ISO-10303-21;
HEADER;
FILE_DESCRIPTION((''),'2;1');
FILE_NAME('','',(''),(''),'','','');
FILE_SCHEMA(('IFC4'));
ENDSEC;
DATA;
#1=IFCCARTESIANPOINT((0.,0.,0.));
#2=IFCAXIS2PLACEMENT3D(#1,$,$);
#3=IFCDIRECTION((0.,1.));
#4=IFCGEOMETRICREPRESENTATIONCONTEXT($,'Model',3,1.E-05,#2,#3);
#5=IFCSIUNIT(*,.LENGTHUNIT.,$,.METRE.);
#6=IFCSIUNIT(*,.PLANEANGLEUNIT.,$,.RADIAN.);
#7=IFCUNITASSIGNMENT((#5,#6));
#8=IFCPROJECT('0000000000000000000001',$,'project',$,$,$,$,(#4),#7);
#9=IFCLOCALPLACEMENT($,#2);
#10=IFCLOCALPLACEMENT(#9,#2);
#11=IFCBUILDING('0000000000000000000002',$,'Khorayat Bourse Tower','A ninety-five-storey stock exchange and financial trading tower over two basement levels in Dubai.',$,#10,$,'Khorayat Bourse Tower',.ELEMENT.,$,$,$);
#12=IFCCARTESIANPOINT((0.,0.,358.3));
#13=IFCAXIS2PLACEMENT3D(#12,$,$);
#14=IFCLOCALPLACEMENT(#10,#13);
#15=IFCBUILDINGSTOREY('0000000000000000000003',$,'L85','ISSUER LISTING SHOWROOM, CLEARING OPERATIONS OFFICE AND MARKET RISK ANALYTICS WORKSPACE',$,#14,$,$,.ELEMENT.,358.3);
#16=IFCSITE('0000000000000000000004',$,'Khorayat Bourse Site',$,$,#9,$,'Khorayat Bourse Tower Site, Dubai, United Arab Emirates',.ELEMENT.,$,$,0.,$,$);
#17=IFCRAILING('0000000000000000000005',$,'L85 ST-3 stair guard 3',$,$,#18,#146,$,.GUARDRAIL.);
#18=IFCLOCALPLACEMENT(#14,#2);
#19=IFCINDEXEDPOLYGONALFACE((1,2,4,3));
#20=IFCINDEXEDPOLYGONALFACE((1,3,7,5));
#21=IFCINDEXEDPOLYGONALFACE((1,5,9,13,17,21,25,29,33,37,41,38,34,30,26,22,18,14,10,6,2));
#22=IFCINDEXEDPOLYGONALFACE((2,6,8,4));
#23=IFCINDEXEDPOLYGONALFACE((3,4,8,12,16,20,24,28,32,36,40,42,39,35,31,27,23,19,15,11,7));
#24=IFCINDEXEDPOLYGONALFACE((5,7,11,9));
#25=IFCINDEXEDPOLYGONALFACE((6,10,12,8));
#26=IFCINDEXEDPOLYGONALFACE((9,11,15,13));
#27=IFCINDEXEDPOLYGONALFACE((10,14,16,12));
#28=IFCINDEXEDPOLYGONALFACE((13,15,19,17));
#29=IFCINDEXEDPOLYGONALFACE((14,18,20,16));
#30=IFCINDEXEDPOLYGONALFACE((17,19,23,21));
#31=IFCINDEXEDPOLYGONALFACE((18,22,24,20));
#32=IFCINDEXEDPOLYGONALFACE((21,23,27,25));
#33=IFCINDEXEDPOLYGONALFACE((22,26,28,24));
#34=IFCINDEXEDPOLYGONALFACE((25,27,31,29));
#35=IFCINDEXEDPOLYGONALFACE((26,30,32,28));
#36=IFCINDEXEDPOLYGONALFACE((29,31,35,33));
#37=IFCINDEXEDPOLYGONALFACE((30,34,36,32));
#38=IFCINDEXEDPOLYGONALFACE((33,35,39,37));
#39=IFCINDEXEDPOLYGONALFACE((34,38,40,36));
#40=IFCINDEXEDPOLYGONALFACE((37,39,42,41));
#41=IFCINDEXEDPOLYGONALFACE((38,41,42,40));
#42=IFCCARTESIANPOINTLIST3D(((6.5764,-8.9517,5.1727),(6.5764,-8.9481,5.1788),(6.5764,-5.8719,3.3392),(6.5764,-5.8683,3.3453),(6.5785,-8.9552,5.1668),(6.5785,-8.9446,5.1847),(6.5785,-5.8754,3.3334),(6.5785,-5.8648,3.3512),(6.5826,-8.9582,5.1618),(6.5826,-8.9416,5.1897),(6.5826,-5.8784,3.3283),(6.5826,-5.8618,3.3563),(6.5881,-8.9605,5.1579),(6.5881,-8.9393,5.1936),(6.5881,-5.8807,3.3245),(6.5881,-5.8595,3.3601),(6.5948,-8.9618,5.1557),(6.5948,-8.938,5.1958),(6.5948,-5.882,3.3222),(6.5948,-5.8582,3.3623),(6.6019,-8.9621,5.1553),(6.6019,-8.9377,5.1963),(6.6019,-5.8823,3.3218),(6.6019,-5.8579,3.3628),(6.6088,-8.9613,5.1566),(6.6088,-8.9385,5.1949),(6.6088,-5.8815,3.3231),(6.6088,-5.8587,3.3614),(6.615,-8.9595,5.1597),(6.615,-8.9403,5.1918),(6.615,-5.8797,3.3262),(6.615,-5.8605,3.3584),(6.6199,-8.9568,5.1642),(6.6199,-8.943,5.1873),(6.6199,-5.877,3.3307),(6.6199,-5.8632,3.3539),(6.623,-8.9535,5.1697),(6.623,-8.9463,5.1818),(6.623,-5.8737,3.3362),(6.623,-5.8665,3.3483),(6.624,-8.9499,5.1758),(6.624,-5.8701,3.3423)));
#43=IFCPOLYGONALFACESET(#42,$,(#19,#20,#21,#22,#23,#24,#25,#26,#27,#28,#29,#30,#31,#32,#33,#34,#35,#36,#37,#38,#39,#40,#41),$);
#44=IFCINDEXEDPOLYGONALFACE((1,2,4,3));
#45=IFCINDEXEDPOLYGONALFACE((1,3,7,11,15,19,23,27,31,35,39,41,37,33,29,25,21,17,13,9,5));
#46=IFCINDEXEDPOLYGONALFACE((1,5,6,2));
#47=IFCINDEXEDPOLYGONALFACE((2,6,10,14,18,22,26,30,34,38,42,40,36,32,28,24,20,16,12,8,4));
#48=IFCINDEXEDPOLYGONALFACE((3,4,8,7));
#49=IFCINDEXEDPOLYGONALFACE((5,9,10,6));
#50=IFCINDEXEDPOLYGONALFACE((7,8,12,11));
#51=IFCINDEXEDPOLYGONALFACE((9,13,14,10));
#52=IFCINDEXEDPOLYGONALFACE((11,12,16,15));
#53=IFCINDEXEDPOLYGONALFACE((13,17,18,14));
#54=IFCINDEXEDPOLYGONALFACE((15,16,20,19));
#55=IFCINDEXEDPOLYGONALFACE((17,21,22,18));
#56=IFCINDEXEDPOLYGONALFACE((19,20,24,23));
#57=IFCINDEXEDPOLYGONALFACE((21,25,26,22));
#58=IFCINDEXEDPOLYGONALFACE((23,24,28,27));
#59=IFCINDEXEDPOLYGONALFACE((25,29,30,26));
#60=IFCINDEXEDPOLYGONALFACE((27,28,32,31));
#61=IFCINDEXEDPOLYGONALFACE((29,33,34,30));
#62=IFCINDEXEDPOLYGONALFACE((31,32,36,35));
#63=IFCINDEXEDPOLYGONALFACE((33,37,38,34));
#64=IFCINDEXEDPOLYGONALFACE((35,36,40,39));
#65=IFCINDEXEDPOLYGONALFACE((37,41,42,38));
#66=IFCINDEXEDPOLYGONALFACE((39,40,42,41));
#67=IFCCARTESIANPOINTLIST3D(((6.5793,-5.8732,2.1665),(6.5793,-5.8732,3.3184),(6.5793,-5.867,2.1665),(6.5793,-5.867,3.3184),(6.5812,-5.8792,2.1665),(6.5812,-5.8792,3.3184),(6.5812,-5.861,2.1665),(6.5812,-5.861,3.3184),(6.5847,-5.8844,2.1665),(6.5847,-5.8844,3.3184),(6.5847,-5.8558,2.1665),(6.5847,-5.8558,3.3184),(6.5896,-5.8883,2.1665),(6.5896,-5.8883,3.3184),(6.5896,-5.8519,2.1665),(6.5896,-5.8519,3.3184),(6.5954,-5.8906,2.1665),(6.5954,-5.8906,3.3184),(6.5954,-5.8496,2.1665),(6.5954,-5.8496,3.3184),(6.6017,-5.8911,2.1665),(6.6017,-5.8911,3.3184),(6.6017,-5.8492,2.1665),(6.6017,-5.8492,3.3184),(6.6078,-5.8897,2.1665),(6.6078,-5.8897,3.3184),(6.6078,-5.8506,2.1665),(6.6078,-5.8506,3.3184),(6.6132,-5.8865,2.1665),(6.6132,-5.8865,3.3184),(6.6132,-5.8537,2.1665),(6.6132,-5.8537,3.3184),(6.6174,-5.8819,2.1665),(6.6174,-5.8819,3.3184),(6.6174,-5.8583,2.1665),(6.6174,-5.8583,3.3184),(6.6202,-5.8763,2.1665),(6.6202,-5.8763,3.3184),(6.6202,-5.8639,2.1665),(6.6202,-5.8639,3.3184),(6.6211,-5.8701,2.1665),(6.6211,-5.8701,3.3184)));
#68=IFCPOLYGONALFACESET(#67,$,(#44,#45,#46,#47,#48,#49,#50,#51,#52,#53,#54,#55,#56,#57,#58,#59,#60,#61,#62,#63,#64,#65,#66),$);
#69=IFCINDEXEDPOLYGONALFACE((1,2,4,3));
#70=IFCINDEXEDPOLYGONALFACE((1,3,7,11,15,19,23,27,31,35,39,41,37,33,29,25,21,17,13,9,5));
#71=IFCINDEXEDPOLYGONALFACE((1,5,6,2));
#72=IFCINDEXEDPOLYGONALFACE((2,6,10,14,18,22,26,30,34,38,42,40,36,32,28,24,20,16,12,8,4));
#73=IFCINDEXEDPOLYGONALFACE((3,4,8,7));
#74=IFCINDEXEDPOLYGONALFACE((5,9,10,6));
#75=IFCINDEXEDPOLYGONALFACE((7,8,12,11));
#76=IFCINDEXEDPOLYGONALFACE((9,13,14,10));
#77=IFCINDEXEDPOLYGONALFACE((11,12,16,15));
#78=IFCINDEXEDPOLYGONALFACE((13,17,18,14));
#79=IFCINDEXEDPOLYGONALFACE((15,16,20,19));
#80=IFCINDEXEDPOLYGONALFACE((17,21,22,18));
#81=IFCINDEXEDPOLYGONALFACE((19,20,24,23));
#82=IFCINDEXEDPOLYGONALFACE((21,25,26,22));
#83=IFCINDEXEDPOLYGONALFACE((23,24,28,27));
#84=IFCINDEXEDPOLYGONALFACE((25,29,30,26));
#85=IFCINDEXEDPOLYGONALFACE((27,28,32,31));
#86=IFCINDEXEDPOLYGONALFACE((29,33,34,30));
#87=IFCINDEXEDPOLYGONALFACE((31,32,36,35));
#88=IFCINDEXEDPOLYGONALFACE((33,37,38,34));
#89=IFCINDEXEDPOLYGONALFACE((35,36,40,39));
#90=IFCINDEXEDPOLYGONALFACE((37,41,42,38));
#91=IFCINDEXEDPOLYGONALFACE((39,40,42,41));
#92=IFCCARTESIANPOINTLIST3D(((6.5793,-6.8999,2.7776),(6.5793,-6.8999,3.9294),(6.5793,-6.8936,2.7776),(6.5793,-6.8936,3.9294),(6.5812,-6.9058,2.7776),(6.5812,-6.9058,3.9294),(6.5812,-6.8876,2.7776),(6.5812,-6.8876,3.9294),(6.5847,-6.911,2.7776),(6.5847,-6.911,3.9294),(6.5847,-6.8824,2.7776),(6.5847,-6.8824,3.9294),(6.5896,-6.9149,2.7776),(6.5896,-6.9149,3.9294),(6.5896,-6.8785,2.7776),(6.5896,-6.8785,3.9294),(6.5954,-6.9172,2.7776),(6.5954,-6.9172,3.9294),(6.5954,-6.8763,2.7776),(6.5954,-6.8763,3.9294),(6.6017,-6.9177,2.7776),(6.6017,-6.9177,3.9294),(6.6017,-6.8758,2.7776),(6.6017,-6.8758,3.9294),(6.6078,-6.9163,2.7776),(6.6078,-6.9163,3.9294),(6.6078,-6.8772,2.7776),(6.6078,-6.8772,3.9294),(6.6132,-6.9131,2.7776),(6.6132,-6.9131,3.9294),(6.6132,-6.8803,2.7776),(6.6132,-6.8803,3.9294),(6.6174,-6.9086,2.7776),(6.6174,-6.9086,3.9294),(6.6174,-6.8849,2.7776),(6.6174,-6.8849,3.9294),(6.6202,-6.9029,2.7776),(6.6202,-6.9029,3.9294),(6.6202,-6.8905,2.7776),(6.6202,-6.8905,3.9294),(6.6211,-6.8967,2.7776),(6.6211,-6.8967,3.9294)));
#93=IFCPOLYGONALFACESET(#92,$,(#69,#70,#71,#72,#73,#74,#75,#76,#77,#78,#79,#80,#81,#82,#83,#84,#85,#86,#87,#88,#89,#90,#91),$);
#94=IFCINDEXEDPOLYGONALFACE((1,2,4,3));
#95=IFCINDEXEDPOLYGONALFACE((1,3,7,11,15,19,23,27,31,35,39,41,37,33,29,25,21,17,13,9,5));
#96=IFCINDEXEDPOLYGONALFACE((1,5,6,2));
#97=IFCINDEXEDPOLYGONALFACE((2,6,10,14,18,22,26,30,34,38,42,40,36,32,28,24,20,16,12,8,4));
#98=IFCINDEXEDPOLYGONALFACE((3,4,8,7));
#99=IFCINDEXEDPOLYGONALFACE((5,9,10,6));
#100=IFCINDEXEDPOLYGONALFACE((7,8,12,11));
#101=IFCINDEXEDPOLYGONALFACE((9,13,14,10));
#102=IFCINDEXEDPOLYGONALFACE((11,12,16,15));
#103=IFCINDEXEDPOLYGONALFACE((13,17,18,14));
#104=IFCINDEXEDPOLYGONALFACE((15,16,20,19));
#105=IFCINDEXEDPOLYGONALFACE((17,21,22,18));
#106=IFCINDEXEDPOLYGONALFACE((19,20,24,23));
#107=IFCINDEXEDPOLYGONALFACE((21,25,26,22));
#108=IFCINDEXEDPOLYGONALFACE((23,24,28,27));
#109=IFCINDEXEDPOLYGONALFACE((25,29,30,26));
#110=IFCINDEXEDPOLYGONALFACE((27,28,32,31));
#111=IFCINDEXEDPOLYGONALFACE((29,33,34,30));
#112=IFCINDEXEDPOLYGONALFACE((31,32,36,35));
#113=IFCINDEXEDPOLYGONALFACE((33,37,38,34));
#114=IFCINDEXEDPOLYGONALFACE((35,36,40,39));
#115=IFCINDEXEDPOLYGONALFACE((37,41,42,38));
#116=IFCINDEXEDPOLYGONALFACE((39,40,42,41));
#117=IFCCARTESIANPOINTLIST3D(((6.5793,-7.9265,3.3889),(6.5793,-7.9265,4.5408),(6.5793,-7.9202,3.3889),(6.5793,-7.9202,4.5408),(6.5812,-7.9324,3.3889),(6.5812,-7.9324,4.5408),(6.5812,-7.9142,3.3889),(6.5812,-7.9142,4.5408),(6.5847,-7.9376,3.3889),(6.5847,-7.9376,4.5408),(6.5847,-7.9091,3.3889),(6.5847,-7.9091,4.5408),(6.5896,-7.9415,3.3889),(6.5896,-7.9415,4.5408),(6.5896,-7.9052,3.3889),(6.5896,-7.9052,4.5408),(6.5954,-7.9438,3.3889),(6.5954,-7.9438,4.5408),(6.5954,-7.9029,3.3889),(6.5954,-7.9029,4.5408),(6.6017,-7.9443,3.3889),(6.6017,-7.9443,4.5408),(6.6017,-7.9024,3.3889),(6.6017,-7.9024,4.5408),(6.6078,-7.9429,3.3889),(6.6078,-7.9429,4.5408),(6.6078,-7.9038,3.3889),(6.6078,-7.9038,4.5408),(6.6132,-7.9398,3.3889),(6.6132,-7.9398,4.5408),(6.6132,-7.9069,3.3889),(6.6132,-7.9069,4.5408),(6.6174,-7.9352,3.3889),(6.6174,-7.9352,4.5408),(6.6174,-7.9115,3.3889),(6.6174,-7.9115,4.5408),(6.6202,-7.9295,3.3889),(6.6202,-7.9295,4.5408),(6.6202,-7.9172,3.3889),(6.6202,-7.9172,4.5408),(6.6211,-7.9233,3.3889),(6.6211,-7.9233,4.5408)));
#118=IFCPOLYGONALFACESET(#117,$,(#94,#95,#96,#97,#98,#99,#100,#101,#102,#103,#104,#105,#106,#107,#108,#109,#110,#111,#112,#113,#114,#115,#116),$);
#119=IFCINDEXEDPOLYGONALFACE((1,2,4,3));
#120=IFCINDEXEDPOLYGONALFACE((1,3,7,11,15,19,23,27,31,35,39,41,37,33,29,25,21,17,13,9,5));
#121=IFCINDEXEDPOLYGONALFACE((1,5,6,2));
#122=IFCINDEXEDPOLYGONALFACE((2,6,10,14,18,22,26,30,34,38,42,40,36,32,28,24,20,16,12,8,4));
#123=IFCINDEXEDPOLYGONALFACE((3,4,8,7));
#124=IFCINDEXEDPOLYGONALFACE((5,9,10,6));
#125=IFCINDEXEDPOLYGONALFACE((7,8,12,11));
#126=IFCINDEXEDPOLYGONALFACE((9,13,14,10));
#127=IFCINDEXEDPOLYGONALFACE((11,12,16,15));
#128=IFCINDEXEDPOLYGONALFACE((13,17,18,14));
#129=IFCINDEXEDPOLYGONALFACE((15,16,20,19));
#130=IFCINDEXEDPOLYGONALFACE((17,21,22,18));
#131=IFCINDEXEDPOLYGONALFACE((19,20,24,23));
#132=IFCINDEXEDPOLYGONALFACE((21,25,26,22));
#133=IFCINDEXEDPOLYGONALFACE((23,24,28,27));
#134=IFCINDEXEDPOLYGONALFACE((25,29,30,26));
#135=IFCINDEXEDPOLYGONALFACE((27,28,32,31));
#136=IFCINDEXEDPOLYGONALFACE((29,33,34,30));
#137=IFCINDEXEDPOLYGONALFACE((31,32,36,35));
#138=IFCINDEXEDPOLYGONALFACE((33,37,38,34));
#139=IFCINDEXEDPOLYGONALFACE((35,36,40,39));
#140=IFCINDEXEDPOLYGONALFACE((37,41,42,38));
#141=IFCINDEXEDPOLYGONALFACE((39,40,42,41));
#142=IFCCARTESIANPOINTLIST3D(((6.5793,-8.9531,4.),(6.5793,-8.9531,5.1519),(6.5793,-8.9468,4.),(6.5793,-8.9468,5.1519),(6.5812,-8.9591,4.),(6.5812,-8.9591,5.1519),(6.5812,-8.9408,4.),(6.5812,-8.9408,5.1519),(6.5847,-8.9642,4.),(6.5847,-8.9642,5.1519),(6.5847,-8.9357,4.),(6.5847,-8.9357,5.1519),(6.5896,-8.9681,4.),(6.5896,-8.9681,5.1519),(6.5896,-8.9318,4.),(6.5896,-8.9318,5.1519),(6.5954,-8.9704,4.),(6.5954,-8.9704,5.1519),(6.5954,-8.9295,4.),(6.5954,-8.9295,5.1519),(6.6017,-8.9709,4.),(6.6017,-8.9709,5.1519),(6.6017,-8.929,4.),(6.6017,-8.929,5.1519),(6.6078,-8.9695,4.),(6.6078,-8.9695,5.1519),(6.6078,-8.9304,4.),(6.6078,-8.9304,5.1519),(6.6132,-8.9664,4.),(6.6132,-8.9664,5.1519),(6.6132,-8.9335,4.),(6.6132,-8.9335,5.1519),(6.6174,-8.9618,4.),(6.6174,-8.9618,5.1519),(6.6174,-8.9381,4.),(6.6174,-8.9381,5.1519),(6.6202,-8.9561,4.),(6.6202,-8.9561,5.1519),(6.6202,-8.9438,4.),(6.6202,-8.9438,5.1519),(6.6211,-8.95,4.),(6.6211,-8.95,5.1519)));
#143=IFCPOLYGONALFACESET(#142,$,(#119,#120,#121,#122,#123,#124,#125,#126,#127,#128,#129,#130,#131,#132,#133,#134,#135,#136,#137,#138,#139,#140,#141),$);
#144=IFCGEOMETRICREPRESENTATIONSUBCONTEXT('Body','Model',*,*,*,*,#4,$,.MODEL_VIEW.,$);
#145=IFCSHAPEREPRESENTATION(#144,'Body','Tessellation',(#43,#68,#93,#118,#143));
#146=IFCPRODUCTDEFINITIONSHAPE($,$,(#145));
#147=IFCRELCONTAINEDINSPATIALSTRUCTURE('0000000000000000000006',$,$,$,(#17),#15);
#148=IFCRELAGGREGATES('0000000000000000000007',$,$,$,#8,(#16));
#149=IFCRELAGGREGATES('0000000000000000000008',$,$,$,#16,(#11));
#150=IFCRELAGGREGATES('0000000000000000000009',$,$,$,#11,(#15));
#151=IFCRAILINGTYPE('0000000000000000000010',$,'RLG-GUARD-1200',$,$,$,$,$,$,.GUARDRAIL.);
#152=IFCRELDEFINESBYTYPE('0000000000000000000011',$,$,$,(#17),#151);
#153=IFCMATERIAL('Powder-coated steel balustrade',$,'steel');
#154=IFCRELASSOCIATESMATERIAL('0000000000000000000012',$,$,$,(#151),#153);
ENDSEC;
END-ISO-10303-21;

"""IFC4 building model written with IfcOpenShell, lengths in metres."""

from ifc_helpers import new_model, si_unit, direction, frame, origin, origin_2d, place, context, subcontext, project, spatial, circle, extrude, source, transform, mapped, material, type_object, element, save


model = new_model("IFC4")

# Units and contexts
model_context = context("Model", 3, precision=1e-05, world=origin(), true_north=direction((0.0, 1.0)))
body_context = subcontext(model_context, "Body", "Model", "MODEL_VIEW")
ifc_project = project(units=[si_unit("LENGTHUNIT", "METRE"), si_unit("PLANEANGLEUNIT", "RADIAN")], contexts=[model_context])

# Site, building, storey
site_placement = place(None, origin())
site = spatial("IfcSite", under=ifc_project, at=site_placement, Name="Khorayat Bourse Site", LongName="Khorayat Bourse Tower Site, Dubai, United Arab Emirates", CompositionType="ELEMENT", RefElevation=0.0)
building_placement = place(site_placement, origin())
building = spatial("IfcBuilding", under=site, at=building_placement, Name="Khorayat Bourse Tower", Description="A ninety-five-storey stock exchange and financial trading tower over two basement levels in Dubai.", LongName="Khorayat Bourse Tower", CompositionType="ELEMENT")
storey_placement = place(building_placement, frame((0.0, 0.0, 358.3)))
storey = spatial("IfcBuildingStorey", under=building, at=storey_placement, Name="L85", Description="ISSUER LISTING SHOWROOM, CLEARING OPERATIONS OFFICE AND MARKET RISK ANALYTICS WORKSPACE", CompositionType="ELEMENT", Elevation=358.3)

# Railing
ifc_material_1 = material(Name="Powder-coated steel balustrade", Category="steel")
railing_type_1 = type_object("IfcRailingType", Name="RLG-GUARD-1200", PredefinedType="GUARDRAIL", material=ifc_material_1)
shared_shape_1 = source(origin(), body_context, "Body", "SweptSolid", [
    extrude(circle(Radius=0.0239, at=origin_2d()), frame((0.0, 0.0, 1.1758), z_axis=(0.0, -0.859261, 0.511538), x_axis=(1.0, 0.0, 0.0)), (0.0, 0.0, 1.0), 3.5842),
    extrude(circle(Radius=0.021, at=origin_2d()), origin(), (0.0, 0.0, 1.0), 1.1519),
    extrude(circle(Radius=0.021, at=origin_2d()), frame((0.0, -1.0266, 0.6111)), (0.0, 0.0, 1.0), 1.1519),
    extrude(circle(Radius=0.021, at=origin_2d()), frame((0.0, -2.0532, 1.2224)), (0.0, 0.0, 1.0), 1.1519),
    extrude(circle(Radius=0.021, at=origin_2d()), frame((0.0, -3.0798, 1.8335)), (0.0, 0.0, 1.0), 1.1519),
])
railing_1_placement = place(storey_placement, frame((6.6001, -5.8701, 2.1665)))
element("IfcRailing", 1, at=railing_1_placement, inside=storey, type_object=railing_type_1, Name="L85 ST-3 stair guard 3", PredefinedType="GUARDRAIL", context=body_context, shape_type="MappedRepresentation", body=[
    mapped(shared_shape_1, transform((0.0, 0.0, 0.0), scale=1.0)),
])

save(model, "model.ifc")
